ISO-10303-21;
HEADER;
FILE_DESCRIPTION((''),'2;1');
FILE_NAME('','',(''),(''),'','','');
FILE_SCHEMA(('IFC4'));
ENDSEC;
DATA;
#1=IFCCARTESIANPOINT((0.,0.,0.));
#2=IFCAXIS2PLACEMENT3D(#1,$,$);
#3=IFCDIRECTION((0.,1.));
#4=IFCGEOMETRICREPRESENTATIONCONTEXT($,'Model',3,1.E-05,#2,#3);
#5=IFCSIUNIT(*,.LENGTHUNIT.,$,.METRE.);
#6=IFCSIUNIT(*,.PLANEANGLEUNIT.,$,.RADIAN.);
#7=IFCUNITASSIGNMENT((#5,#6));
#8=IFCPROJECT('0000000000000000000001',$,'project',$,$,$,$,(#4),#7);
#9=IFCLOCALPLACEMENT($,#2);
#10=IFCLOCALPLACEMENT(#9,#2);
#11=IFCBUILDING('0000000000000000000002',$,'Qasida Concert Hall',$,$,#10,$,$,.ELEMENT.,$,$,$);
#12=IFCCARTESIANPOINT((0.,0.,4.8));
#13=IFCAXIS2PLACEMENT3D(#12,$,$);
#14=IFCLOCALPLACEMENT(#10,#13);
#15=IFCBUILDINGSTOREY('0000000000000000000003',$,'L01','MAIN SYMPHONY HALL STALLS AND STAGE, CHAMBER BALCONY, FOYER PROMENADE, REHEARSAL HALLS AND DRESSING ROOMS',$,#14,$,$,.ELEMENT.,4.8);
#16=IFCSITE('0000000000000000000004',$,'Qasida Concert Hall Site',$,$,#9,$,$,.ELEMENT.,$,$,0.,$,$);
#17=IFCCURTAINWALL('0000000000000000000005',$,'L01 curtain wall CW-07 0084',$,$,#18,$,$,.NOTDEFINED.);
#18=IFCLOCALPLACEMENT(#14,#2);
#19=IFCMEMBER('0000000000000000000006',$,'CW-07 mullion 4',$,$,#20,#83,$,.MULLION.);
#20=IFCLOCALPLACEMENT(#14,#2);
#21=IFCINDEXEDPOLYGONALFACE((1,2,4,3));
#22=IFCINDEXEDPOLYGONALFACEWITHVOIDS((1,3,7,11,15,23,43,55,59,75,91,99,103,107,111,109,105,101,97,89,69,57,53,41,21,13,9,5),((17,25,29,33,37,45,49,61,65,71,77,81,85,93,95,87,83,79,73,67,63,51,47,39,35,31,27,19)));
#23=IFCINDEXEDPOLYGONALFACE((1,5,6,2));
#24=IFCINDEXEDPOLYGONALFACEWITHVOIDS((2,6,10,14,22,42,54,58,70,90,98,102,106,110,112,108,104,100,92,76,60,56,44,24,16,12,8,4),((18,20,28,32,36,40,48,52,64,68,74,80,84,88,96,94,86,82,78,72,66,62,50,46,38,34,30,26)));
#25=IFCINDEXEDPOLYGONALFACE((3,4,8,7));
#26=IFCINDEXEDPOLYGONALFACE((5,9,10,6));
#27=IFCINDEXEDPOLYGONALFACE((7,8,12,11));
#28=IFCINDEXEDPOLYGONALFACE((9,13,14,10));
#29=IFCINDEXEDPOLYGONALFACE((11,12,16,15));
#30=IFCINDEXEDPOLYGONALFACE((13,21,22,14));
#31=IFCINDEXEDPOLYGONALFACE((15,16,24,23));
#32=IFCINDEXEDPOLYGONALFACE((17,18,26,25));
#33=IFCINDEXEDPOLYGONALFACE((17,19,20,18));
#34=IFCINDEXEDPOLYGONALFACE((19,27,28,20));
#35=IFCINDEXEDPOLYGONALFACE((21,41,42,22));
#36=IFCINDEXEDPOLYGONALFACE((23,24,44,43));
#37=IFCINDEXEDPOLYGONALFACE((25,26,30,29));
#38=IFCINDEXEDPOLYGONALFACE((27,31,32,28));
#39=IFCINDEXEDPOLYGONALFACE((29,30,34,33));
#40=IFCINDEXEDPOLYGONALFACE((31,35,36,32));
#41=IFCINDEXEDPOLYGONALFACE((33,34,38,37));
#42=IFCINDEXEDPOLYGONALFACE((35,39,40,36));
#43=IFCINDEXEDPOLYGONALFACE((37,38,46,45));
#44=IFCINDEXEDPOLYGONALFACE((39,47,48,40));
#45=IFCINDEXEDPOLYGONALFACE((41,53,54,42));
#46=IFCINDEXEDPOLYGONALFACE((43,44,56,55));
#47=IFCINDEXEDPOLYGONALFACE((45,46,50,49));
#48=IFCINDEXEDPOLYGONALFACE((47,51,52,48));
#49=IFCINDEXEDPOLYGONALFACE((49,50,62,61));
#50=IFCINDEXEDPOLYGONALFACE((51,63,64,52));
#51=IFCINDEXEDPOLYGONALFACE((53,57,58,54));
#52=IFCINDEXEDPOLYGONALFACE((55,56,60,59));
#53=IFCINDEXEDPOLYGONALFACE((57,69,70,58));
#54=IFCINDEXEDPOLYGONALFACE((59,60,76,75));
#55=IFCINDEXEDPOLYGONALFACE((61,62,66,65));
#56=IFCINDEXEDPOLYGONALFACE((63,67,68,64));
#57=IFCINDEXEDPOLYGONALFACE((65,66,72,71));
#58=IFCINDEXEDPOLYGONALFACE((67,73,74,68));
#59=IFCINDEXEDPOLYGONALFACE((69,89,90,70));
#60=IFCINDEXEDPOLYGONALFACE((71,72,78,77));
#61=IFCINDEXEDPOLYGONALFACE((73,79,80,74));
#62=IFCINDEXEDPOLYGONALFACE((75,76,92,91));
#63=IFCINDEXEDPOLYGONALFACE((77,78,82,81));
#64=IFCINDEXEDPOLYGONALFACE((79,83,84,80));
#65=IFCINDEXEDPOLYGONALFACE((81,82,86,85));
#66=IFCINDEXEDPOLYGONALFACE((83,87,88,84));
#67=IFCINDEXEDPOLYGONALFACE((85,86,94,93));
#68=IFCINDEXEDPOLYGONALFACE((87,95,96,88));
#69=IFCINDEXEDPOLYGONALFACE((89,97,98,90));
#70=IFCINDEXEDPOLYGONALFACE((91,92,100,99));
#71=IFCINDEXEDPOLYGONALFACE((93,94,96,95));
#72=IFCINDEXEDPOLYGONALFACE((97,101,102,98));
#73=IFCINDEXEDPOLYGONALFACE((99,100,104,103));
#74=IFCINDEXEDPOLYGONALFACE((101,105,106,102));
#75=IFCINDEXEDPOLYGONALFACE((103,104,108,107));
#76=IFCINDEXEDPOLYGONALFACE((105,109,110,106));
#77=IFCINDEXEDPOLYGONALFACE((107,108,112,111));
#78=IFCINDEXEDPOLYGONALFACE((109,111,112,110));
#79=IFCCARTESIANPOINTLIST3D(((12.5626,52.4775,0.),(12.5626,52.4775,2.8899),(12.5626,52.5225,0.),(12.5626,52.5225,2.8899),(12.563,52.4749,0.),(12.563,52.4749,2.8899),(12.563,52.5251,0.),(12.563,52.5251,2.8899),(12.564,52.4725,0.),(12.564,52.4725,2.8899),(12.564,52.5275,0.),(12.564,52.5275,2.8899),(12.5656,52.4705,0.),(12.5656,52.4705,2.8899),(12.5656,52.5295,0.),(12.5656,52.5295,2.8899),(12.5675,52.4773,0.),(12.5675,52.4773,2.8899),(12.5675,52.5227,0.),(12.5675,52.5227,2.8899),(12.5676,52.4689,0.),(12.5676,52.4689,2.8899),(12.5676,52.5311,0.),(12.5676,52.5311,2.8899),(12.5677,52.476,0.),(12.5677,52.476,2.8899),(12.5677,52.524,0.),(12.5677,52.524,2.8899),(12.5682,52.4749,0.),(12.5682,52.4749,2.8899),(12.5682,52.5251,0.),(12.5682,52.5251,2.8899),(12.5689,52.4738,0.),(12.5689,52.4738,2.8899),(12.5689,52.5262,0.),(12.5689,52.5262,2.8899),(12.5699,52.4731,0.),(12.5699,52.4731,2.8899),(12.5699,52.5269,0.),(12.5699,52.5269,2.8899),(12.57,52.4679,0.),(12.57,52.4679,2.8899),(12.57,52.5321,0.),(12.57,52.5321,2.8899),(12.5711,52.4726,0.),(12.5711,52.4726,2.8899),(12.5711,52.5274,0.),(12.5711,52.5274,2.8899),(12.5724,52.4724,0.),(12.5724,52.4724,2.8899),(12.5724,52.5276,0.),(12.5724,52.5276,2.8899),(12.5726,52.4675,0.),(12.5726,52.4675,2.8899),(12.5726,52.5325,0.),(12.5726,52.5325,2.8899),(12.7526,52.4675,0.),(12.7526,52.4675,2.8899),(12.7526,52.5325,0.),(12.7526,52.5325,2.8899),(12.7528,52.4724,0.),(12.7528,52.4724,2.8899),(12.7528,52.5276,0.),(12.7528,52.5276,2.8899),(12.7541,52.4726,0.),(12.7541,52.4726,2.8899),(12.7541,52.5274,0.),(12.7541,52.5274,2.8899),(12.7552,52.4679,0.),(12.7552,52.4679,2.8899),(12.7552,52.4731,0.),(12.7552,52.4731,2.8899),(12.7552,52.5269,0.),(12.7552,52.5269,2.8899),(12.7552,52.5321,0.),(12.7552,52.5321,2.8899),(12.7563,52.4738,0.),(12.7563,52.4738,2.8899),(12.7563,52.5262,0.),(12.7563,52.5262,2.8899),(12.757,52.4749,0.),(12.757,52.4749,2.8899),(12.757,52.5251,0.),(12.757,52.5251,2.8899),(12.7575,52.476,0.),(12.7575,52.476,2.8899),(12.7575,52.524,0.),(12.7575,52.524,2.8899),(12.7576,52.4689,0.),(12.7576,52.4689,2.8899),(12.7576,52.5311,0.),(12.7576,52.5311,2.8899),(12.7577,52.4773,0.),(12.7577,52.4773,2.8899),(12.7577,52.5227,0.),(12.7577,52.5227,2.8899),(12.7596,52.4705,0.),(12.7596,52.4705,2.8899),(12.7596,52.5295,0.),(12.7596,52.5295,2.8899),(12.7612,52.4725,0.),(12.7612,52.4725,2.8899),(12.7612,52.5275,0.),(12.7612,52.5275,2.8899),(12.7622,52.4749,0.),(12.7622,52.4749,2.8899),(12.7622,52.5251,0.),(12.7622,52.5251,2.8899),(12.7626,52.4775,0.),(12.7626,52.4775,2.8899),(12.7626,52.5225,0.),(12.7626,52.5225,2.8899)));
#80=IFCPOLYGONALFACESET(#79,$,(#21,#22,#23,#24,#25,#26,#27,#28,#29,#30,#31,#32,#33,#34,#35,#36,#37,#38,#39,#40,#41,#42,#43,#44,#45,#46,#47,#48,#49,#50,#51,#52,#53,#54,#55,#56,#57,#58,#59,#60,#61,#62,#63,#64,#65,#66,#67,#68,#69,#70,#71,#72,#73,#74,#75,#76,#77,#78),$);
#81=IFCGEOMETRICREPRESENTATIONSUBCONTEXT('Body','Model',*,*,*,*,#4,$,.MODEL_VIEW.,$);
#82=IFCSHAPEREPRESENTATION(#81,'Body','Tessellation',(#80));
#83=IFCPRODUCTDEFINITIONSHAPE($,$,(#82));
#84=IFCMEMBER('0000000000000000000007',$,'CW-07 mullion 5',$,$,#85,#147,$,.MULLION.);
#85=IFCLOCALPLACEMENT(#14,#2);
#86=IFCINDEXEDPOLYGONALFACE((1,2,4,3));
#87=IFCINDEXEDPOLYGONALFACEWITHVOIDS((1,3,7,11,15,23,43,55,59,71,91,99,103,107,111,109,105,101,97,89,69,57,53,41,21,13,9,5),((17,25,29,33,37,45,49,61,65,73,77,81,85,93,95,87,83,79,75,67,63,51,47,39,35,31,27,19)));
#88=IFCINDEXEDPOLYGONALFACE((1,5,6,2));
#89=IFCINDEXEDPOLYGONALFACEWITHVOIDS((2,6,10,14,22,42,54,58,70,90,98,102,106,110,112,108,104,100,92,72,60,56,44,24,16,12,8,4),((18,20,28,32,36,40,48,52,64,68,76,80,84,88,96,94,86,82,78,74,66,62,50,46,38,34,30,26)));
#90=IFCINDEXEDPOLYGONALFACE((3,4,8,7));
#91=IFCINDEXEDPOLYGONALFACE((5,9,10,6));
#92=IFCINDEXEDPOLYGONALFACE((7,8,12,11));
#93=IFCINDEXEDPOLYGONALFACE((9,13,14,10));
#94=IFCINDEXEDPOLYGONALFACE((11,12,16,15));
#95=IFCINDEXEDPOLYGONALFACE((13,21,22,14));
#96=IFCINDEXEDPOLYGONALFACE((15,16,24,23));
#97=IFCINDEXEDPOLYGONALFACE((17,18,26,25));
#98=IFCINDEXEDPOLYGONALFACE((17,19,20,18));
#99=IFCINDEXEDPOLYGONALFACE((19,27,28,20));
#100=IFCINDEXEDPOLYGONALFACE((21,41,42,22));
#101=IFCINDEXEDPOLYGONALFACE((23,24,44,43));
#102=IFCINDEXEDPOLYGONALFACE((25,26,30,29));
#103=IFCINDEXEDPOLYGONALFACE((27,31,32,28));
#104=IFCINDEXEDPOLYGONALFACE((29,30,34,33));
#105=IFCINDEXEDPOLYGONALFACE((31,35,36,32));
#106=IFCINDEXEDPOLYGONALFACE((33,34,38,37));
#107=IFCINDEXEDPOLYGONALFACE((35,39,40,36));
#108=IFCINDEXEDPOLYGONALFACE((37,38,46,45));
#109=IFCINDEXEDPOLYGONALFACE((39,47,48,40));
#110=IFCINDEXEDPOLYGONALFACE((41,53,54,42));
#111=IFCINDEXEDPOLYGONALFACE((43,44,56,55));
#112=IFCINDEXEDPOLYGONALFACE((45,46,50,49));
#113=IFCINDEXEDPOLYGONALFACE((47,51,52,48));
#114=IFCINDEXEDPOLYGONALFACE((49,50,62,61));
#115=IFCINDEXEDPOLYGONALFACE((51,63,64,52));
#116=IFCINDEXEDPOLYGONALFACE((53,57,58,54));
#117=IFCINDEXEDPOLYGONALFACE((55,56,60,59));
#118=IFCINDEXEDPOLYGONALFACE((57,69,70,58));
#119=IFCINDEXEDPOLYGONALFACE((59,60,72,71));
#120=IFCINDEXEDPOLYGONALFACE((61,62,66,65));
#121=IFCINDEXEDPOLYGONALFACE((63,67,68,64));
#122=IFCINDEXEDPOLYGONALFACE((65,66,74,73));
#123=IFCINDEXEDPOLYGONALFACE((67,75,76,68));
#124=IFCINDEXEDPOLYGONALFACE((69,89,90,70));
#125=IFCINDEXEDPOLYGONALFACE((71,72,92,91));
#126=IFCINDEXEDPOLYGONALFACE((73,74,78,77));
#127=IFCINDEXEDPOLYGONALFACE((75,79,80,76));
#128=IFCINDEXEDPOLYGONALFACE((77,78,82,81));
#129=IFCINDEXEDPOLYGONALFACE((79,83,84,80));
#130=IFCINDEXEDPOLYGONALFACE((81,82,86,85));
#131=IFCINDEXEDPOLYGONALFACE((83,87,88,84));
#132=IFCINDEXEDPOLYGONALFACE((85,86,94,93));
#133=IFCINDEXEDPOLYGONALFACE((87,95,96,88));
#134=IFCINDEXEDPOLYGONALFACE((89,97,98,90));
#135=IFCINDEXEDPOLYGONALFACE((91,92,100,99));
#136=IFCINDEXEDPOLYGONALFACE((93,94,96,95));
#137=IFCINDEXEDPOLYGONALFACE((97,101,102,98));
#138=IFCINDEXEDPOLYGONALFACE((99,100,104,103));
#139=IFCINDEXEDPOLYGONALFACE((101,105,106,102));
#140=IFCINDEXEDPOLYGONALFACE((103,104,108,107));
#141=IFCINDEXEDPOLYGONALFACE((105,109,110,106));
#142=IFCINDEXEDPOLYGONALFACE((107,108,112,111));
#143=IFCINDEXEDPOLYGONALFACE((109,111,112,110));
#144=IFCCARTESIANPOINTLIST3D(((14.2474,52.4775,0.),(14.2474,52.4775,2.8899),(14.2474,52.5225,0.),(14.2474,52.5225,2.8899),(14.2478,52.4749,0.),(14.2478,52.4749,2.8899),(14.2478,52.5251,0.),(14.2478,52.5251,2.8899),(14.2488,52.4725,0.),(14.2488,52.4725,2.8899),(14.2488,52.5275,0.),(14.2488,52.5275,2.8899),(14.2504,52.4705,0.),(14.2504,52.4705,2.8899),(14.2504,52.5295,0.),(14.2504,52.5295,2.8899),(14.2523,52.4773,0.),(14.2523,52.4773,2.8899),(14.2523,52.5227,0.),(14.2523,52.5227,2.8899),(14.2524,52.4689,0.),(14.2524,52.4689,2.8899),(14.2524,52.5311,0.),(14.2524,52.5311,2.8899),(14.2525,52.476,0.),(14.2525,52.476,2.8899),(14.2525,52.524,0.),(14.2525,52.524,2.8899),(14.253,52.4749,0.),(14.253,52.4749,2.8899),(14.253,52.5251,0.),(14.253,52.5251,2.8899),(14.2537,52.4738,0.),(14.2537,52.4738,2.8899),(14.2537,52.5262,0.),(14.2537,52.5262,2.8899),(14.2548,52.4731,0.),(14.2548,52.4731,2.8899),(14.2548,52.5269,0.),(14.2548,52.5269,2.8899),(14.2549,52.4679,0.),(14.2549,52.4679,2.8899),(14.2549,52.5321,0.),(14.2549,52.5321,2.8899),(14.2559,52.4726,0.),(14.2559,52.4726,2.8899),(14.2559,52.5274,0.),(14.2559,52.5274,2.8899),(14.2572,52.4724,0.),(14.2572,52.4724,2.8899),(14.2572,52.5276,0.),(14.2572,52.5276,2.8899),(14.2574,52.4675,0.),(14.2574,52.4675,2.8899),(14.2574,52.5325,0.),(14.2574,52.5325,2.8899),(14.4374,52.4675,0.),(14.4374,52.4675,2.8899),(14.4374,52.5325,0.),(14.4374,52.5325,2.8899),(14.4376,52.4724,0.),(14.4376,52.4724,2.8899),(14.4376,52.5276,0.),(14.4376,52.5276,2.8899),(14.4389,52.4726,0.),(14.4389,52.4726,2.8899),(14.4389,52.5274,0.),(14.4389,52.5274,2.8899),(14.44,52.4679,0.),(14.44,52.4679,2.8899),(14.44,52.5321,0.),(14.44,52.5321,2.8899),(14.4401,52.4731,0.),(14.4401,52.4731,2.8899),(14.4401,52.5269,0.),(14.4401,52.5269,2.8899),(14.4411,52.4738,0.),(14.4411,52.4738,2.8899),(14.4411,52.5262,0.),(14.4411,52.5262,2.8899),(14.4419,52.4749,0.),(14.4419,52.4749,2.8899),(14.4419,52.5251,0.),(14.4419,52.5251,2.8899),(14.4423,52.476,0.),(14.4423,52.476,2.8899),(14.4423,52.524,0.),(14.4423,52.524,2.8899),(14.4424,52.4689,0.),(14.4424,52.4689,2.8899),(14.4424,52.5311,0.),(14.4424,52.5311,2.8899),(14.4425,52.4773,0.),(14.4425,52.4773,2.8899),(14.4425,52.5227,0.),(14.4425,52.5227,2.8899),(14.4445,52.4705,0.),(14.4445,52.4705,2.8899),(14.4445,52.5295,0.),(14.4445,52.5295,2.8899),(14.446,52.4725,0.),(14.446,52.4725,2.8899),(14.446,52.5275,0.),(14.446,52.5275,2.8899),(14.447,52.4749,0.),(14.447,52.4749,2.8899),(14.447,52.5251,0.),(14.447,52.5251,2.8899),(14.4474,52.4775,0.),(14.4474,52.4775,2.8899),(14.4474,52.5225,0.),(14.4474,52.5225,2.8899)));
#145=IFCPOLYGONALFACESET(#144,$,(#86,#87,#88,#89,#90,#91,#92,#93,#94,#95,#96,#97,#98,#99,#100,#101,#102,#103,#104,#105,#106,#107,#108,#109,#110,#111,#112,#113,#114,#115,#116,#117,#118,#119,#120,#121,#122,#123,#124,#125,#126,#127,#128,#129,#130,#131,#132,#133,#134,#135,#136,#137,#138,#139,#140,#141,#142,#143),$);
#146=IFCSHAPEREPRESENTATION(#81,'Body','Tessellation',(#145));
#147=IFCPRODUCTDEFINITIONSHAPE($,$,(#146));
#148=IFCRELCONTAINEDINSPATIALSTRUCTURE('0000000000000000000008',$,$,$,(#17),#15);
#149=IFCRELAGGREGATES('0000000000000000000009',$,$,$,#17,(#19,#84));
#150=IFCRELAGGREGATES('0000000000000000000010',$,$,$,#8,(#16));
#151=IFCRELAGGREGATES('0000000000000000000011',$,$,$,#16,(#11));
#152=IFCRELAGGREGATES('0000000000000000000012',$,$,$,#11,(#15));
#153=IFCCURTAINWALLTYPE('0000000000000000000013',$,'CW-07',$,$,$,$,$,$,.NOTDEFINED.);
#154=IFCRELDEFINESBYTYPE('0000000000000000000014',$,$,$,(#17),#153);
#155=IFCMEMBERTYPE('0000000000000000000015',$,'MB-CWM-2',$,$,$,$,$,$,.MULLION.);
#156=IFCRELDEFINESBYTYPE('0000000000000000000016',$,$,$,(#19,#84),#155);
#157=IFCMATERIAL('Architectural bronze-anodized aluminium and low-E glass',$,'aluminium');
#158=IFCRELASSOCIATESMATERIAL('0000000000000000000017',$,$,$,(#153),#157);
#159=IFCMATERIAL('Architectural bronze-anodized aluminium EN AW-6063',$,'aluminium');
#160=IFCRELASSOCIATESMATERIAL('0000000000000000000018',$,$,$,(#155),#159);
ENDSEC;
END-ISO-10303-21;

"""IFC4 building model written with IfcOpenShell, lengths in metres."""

from ifc_helpers import new_model, si_unit, direction, frame, origin, origin_2d, place, context, subcontext, project, spatial, hollow_rectangle, extrude, material, material_profile, profile_set, type_object, element, aggregate, save


model = new_model("IFC4")

# Units and contexts
model_context = context("Model", 3, precision=1e-05, world=origin(), true_north=direction((0.0, 1.0)))
body_context = subcontext(model_context, "Body", "Model", "MODEL_VIEW")
ifc_project = project(units=[si_unit("LENGTHUNIT", "METRE"), si_unit("PLANEANGLEUNIT", "RADIAN")], contexts=[model_context])

# Site, building, storey
site_placement = place(None, origin())
site = spatial("IfcSite", under=ifc_project, at=site_placement, Name="Qasida Concert Hall Site", CompositionType="ELEMENT", RefElevation=0.0)
building_placement = place(site_placement, origin())
building = spatial("IfcBuilding", under=site, at=building_placement, Name="Qasida Concert Hall", CompositionType="ELEMENT")
storey_placement = place(building_placement, frame((0.0, 0.0, 4.8)))
storey = spatial("IfcBuildingStorey", under=building, at=storey_placement, Name="L01", Description="MAIN SYMPHONY HALL STALLS AND STAGE, CHAMBER BALCONY, FOYER PROMENADE, REHEARSAL HALLS AND DRESSING ROOMS", CompositionType="ELEMENT", Elevation=4.8)

# Curtain wall, members
ifc_material_1 = material(Name="Architectural bronze-anodized aluminium and low-E glass", Category="aluminium")
curtain_wall_type = type_object("IfcCurtainWallType", Name="CW-07", PredefinedType="NOTDEFINED", material=ifc_material_1)
curtain_wall_placement = place(storey_placement, origin())
curtain_wall = element("IfcCurtainWall", 1, at=curtain_wall_placement, inside=storey, type_object=curtain_wall_type, Name="L01 curtain wall CW-07 0084", PredefinedType="NOTDEFINED")
ifc_material_2 = material(Name="Architectural bronze-anodized aluminium EN AW-6063", Category="aluminium")
ifc_material_profile_1 = material_profile(ifc_material_2, hollow_rectangle(XDim=0.0649, YDim=0.2, WallThickness=0.0049, InnerFilletRadius=0.0049, OuterFilletRadius=0.01, at=origin_2d()), Name="CWM 200x65x5")
ifc_profile_set_1 = profile_set([ifc_material_profile_1], Name="Architectural bronze-anodized aluminium EN AW-6063")
member_type_1 = type_object("IfcMemberType", Name="MB-CWM-2", PredefinedType="MULLION", material=ifc_profile_set_1)
member_1_placement = place(storey_placement, frame((12.6626, 52.5, 0.0), z_axis=(0.0, 0.0, 1.0), x_axis=(0.0, 1.0, 0.0)))
member_1 = element("IfcMember", 2, at=member_1_placement, type_object=member_type_1, Name="CW-07 mullion 4", PredefinedType="MULLION", context=body_context, shape_type="SweptSolid", body=[
    extrude(hollow_rectangle(XDim=0.0649, YDim=0.2, WallThickness=0.0049, InnerFilletRadius=0.0049, OuterFilletRadius=0.01, at=origin_2d()), origin(), (0.0, 0.0, 1.0), 2.8899),
])
member_2_placement = place(storey_placement, frame((14.3474, 52.5, 0.0), z_axis=(0.0, 0.0, 1.0), x_axis=(0.0, 1.0, 0.0)))
member_2 = element("IfcMember", 3, at=member_2_placement, type_object=member_type_1, Name="CW-07 mullion 5", PredefinedType="MULLION", context=body_context, shape_type="SweptSolid", body=[
    extrude(hollow_rectangle(XDim=0.0649, YDim=0.2, WallThickness=0.0049, InnerFilletRadius=0.0049, OuterFilletRadius=0.01, at=origin_2d()), origin(), (0.0, 0.0, 1.0), 2.8899),
])
aggregate(curtain_wall, [member_1, member_2])

save(model, "model.ifc")
